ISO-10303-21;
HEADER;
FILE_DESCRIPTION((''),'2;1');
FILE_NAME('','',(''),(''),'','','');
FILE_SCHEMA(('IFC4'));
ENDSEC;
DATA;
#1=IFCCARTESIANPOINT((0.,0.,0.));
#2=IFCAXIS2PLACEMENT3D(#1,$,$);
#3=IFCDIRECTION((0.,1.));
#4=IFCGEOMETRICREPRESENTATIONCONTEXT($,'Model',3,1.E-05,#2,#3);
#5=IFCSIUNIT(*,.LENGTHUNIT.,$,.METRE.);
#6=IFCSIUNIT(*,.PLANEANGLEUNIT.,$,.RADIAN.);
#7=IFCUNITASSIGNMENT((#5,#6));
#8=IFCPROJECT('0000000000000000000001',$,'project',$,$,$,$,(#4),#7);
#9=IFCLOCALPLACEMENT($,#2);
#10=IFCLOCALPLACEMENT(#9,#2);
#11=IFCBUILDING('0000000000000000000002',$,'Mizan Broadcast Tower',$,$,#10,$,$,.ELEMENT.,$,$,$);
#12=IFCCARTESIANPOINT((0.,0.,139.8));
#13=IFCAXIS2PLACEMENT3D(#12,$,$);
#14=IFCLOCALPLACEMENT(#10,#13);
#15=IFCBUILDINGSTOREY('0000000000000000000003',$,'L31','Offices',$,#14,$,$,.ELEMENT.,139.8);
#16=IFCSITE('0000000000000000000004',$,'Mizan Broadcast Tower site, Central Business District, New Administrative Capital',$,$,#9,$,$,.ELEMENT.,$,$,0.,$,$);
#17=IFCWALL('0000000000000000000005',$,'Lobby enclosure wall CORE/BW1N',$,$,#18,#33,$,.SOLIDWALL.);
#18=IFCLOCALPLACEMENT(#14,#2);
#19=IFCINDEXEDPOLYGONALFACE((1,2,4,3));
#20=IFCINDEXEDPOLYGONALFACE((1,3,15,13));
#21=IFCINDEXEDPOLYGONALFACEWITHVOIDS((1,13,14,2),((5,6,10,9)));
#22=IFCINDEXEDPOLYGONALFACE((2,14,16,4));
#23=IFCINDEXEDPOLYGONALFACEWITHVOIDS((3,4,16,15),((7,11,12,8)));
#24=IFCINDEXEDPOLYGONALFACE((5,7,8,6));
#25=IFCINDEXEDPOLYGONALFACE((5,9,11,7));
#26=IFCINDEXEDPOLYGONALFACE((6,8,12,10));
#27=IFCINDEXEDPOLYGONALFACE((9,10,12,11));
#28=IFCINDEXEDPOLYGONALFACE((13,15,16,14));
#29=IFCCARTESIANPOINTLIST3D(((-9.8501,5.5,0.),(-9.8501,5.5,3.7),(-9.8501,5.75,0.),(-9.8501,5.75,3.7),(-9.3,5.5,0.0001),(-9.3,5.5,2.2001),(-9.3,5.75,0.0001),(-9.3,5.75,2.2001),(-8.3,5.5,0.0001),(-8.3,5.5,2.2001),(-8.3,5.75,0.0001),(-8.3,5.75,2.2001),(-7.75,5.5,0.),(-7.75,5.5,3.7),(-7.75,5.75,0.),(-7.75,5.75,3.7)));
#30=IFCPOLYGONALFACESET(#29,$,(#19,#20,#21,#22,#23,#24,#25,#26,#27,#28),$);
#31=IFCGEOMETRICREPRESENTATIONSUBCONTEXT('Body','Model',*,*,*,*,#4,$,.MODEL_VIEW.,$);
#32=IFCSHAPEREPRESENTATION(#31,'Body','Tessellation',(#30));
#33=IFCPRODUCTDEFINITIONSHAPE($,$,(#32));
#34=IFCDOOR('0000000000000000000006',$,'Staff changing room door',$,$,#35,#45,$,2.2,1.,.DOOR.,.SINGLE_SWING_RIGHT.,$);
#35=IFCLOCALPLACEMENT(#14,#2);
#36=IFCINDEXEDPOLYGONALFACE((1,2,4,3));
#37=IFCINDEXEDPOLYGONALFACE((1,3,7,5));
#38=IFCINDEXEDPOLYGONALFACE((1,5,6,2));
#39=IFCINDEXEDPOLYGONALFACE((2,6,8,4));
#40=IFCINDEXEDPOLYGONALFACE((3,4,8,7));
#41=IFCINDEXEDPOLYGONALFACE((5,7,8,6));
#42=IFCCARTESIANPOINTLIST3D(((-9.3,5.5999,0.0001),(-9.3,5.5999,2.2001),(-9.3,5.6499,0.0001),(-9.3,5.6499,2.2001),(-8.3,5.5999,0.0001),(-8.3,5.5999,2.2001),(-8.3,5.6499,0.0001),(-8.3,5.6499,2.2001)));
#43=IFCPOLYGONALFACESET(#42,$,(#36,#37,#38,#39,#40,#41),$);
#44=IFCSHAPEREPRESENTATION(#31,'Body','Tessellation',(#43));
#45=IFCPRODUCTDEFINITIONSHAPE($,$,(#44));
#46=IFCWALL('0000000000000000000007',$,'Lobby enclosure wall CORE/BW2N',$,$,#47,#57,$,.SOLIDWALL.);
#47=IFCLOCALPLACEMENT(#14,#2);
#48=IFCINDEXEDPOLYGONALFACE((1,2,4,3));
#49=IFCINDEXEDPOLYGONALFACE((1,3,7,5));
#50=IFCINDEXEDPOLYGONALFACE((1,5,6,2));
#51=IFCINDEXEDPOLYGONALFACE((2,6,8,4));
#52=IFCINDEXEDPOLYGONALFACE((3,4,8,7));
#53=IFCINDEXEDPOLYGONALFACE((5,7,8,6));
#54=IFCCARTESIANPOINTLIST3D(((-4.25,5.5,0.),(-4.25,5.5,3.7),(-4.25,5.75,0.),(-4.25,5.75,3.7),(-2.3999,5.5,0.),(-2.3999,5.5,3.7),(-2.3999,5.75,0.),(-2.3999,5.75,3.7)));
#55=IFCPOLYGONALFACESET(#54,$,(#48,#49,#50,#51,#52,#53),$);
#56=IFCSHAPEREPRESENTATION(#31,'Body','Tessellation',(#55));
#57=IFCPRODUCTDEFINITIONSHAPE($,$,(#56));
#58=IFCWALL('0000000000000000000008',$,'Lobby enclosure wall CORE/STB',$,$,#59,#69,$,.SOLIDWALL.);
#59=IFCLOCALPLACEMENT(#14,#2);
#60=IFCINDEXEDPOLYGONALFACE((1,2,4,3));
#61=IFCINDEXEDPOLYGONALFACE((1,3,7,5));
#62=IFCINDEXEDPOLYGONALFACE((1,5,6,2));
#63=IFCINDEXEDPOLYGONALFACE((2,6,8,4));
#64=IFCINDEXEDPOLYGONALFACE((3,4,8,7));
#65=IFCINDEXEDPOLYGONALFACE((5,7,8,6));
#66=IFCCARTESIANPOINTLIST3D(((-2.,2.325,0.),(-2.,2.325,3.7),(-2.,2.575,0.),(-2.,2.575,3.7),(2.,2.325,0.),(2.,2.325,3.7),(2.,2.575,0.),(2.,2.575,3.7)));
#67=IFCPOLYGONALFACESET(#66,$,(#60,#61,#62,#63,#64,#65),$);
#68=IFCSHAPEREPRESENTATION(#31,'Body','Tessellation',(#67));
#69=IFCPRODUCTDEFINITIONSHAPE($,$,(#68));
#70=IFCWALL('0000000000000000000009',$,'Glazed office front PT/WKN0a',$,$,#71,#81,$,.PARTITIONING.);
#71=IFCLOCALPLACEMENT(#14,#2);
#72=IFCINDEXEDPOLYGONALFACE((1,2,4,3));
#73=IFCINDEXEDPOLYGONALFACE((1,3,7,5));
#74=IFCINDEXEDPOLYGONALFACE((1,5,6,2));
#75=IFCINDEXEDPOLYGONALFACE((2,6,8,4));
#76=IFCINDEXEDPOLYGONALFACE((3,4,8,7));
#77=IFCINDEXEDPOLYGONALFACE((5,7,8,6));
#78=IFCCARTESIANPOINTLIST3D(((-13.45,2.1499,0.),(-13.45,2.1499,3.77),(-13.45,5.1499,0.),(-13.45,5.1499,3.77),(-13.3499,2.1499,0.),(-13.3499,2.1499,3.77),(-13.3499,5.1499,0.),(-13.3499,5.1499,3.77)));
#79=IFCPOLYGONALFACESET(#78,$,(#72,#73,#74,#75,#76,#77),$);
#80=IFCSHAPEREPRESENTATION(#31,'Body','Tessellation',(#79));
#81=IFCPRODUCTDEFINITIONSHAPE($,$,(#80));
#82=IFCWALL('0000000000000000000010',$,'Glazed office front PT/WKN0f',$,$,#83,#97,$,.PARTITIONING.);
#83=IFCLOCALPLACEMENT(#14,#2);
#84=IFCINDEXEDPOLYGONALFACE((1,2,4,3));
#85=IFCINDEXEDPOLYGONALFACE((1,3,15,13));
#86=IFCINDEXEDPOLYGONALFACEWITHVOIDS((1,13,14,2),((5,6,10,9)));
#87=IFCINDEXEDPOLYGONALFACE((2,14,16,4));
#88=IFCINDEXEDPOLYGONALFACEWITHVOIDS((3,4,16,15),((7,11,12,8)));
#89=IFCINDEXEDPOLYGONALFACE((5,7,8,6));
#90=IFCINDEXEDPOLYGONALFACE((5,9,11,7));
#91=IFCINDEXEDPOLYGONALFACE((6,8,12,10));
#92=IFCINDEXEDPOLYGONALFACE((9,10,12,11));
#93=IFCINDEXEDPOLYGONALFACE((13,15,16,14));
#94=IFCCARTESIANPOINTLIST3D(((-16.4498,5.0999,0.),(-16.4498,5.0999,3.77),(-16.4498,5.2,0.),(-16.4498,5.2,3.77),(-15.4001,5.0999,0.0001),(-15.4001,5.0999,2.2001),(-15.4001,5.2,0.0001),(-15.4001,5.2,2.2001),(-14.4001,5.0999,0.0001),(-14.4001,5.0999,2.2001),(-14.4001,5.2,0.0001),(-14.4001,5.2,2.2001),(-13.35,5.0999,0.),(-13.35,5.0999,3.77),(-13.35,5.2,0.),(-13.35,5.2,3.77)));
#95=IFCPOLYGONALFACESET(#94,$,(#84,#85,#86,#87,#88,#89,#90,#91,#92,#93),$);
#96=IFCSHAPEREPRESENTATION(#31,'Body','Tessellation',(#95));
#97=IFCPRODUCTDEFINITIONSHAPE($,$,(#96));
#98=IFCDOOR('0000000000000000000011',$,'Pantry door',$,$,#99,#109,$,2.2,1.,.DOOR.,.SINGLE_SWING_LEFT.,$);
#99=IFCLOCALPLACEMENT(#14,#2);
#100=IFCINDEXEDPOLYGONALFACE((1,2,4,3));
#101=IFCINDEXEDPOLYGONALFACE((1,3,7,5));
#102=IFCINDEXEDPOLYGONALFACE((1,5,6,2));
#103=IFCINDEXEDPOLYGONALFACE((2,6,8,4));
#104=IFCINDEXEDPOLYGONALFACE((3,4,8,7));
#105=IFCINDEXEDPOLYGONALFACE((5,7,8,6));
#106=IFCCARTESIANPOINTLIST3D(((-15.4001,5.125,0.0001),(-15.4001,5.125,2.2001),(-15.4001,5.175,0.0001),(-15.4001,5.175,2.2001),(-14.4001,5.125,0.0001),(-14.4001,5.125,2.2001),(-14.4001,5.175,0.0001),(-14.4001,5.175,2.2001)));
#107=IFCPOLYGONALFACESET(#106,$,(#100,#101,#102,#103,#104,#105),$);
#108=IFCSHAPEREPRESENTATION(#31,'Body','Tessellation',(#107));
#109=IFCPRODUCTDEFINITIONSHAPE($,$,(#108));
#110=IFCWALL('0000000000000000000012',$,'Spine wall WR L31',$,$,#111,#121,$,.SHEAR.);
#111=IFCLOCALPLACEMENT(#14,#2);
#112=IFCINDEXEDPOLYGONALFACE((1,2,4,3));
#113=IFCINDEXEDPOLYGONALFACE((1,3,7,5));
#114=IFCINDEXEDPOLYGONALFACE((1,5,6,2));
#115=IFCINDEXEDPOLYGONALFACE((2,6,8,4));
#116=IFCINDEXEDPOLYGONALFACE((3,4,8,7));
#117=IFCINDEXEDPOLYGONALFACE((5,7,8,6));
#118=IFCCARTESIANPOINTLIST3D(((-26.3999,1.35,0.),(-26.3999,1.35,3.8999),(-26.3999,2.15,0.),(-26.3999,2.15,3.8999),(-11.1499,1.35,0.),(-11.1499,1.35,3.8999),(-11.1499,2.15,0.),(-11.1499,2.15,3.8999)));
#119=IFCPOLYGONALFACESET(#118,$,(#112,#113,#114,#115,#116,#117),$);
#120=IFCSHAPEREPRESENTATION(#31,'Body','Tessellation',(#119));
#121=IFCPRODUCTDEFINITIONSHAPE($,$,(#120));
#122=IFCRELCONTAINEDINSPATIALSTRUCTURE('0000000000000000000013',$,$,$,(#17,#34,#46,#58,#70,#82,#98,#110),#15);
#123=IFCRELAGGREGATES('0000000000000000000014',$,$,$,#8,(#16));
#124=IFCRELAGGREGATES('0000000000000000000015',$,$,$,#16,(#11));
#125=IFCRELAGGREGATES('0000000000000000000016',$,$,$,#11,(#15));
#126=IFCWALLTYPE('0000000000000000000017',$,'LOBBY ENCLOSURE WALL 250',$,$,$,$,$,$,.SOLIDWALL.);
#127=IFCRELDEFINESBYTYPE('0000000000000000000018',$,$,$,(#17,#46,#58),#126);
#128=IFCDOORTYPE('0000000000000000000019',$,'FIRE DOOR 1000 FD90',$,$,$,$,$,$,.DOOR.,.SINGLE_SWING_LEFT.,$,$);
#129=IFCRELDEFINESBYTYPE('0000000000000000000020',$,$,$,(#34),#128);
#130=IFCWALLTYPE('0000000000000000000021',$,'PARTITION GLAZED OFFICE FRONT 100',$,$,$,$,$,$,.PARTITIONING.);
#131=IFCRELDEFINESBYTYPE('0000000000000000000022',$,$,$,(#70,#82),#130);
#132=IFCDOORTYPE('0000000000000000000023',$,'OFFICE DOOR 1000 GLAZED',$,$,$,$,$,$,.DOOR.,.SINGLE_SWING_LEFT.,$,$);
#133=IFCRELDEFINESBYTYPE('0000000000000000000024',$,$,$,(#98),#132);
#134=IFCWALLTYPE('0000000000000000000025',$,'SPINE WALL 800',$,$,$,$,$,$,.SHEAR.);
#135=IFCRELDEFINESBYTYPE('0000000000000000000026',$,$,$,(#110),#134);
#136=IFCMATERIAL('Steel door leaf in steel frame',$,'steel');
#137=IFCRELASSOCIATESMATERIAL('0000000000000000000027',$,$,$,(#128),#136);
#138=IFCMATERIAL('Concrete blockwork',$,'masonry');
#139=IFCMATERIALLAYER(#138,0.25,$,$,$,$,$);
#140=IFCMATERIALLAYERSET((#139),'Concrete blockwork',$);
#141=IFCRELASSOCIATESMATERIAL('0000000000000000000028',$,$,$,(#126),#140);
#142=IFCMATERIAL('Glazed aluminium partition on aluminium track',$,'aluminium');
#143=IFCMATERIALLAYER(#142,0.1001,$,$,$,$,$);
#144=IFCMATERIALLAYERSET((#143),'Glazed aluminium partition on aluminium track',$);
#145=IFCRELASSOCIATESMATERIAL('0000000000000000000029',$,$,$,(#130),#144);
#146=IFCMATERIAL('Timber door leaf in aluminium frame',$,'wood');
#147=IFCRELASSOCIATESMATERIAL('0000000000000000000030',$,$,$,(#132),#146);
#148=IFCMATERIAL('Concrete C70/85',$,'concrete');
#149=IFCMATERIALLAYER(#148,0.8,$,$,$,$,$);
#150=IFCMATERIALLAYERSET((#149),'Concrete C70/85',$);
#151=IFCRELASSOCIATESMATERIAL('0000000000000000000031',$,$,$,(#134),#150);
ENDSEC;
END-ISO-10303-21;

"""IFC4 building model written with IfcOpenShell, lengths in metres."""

from ifc_helpers import new_model, si_unit, direction, frame, frame_2d, origin, place, context, subcontext, project, spatial, rectangle, extrude, material, layer, layer_set, type_object, element, fill, save


model = new_model("IFC4")

# Units and contexts
model_context = context("Model", 3, precision=1e-05, world=origin(), true_north=direction((0.0, 1.0)))
body_context = subcontext(model_context, "Body", "Model", "MODEL_VIEW")
ifc_project = project(units=[si_unit("LENGTHUNIT", "METRE"), si_unit("PLANEANGLEUNIT", "RADIAN")], contexts=[model_context])

# Site, building, storey
site_placement = place(None, origin())
site = spatial("IfcSite", under=ifc_project, at=site_placement, Name="Mizan Broadcast Tower site, Central Business District, New Administrative Capital", CompositionType="ELEMENT", RefElevation=0.0)
building_placement = place(site_placement, origin())
building = spatial("IfcBuilding", under=site, at=building_placement, Name="Mizan Broadcast Tower", CompositionType="ELEMENT")
storey_placement = place(building_placement, frame((0.0, 0.0, 139.8)))
storey = spatial("IfcBuildingStorey", under=building, at=storey_placement, Name="L31", Description="Offices", CompositionType="ELEMENT", Elevation=139.8)

# Shared definitions
ifc_material_1 = material(Name="Steel door leaf in steel frame", Category="steel")
door_type_1 = type_object("IfcDoorType", Name="FIRE DOOR 1000 FD90", OperationType="SINGLE_SWING_LEFT", PredefinedType="DOOR", material=ifc_material_1)

# Wall, opening, door
ifc_material_2 = material(Name="Concrete blockwork", Category="masonry")
ifc_layer_1 = layer(ifc_material_2, 0.25)
ifc_layer_set_1 = layer_set([ifc_layer_1], Name="Concrete blockwork")
wall_type_1 = type_object("IfcWallType", Name="LOBBY ENCLOSURE WALL 250", PredefinedType="SOLIDWALL", material=ifc_layer_set_1)
wall_1_placement = place(storey_placement, frame((-9.8501, 5.625, 0.0), z_axis=(0.0, 0.0, 1.0), x_axis=(1.0, 0.0, 0.0)))
wall_1 = element("IfcWall", 1, at=wall_1_placement, inside=storey, type_object=wall_type_1, Name="Lobby enclosure wall CORE/BW1N", PredefinedType="SOLIDWALL", context=body_context, shape_type="SweptSolid", body=[
    extrude(rectangle(XDim=2.1001, YDim=0.25, at=frame_2d((1.05, 0.0))), origin(), (0.0, 0.0, 1.0), 3.7),
])
opening_1_placement = place(wall_1_placement, frame((0.55, 0.0, 0.0)))
opening_1 = element("IfcOpeningElement", 2, at=opening_1_placement, cuts=wall_1, PredefinedType="OPENING", context=body_context, shape_type="SweptSolid", body=[
    extrude(rectangle(XDim=1.0, YDim=2.2, at=frame_2d((0.5, 1.1001))), frame((0.0, 0.135, 0.0), z_axis=(0.0, -1.0, 0.0), x_axis=(1.0, 0.0, 0.0)), (0.0, 0.0, 1.0), 0.27),
])
door_1_placement = place(opening_1_placement, origin())
door_1 = element("IfcDoor", 3, at=door_1_placement, inside=storey, type_object=door_type_1, Name="Staff changing room door", OperationType="SINGLE_SWING_RIGHT", OverallHeight=2.2, OverallWidth=1.0, PredefinedType="DOOR", context=body_context, shape_type="SweptSolid", body=[
    extrude(rectangle(XDim=1.0, YDim=2.2, at=frame_2d((0.5, 1.1001))), frame((0.0, 0.0249, 0.0), z_axis=(0.0, -1.0, 0.0), x_axis=(1.0, 0.0, 0.0)), (0.0, 0.0, 1.0), 0.05),
])
fill(opening_1, door_1)

# Walls
wall_2_placement = place(storey_placement, frame((-4.25, 5.625, 0.0), z_axis=(0.0, 0.0, 1.0), x_axis=(1.0, 0.0, 0.0)))
element("IfcWall", 4, at=wall_2_placement, inside=storey, type_object=wall_type_1, Name="Lobby enclosure wall CORE/BW2N", PredefinedType="SOLIDWALL", context=body_context, shape_type="SweptSolid", body=[
    extrude(rectangle(XDim=1.8501, YDim=0.25, at=frame_2d((0.925, 0.0))), origin(), (0.0, 0.0, 1.0), 3.7),
])
wall_3_placement = place(storey_placement, frame((-2.0, 2.45, 0.0), z_axis=(0.0, 0.0, 1.0), x_axis=(1.0, 0.0, 0.0)))
element("IfcWall", 5, at=wall_3_placement, inside=storey, type_object=wall_type_1, Name="Lobby enclosure wall CORE/STB", PredefinedType="SOLIDWALL", context=body_context, shape_type="SweptSolid", body=[
    extrude(rectangle(XDim=4.0, YDim=0.25, at=frame_2d((2.0, 0.0))), origin(), (0.0, 0.0, 1.0), 3.7),
])
ifc_material_3 = material(Name="Glazed aluminium partition on aluminium track", Category="aluminium")
ifc_layer_2 = layer(ifc_material_3, 0.1001)
ifc_layer_set_2 = layer_set([ifc_layer_2], Name="Glazed aluminium partition on aluminium track")
wall_type_2 = type_object("IfcWallType", Name="PARTITION GLAZED OFFICE FRONT 100", PredefinedType="PARTITIONING", material=ifc_layer_set_2)
wall_4_placement = place(storey_placement, frame((-13.3999, 2.1499, 0.0), z_axis=(0.0, 0.0, 1.0), x_axis=(0.0, 1.0, 0.0)))
element("IfcWall", 6, at=wall_4_placement, inside=storey, type_object=wall_type_2, Name="Glazed office front PT/WKN0a", PredefinedType="PARTITIONING", context=body_context, shape_type="SweptSolid", body=[
    extrude(rectangle(XDim=3.0, YDim=0.1001, at=frame_2d((1.5, 0.0))), origin(), (0.0, 0.0, 1.0), 3.77),
])

# Wall, opening, door
wall_5_placement = place(storey_placement, frame((-13.3501, 5.1499, 0.0), z_axis=(0.0, 0.0, 1.0), x_axis=(-1.0, 0.0, 0.0)))
wall_5 = element("IfcWall", 7, at=wall_5_placement, inside=storey, type_object=wall_type_2, Name="Glazed office front PT/WKN0f", PredefinedType="PARTITIONING", context=body_context, shape_type="SweptSolid", body=[
    extrude(rectangle(XDim=3.0999, YDim=0.1001, at=frame_2d((1.5498, 0.0))), origin(), (0.0, 0.0, 1.0), 3.77),
])
opening_2_placement = place(wall_5_placement, frame((1.05, 0.0, 0.0)))
opening_2 = element("IfcOpeningElement", 8, at=opening_2_placement, cuts=wall_5, PredefinedType="OPENING", context=body_context, shape_type="SweptSolid", body=[
    extrude(rectangle(XDim=1.0, YDim=2.2, at=frame_2d((0.5, 1.1001))), frame((0.0, 0.0601, 0.0), z_axis=(0.0, -1.0, 0.0), x_axis=(1.0, 0.0, 0.0)), (0.0, 0.0, 1.0), 0.1201),
])
ifc_material_4 = material(Name="Timber door leaf in aluminium frame", Category="wood")
door_type_2 = type_object("IfcDoorType", Name="OFFICE DOOR 1000 GLAZED", OperationType="SINGLE_SWING_LEFT", PredefinedType="DOOR", material=ifc_material_4)
door_2_placement = place(opening_2_placement, origin())
door_2 = element("IfcDoor", 9, at=door_2_placement, inside=storey, type_object=door_type_2, Name="Pantry door", OperationType="SINGLE_SWING_LEFT", OverallHeight=2.2, OverallWidth=1.0, PredefinedType="DOOR", context=body_context, shape_type="SweptSolid", body=[
    extrude(rectangle(XDim=1.0, YDim=2.2, at=frame_2d((0.5, 1.1001))), frame((0.0, 0.0249, 0.0), z_axis=(0.0, -1.0, 0.0), x_axis=(1.0, 0.0, 0.0)), (0.0, 0.0, 1.0), 0.05),
])
fill(opening_2, door_2)

# Wall
ifc_material_5 = material(Name="Concrete C70/85", Category="concrete")
ifc_layer_3 = layer(ifc_material_5, 0.8)
ifc_layer_set_3 = layer_set([ifc_layer_3], Name="Concrete C70/85")
wall_type_3 = type_object("IfcWallType", Name="SPINE WALL 800", PredefinedType="SHEAR", material=ifc_layer_set_3)
wall_6_placement = place(storey_placement, frame((-11.1499, 1.75, 0.0), z_axis=(0.0, 0.0, 1.0), x_axis=(-1.0, 0.0, 0.0)))
element("IfcWall", 10, at=wall_6_placement, inside=storey, type_object=wall_type_3, Name="Spine wall WR L31", PredefinedType="SHEAR", context=body_context, shape_type="SweptSolid", body=[
    extrude(rectangle(XDim=15.25, YDim=0.8, at=frame_2d((7.625, 0.0))), origin(), (0.0, 0.0, 1.0), 3.8999),
])

save(model, "model.ifc")
